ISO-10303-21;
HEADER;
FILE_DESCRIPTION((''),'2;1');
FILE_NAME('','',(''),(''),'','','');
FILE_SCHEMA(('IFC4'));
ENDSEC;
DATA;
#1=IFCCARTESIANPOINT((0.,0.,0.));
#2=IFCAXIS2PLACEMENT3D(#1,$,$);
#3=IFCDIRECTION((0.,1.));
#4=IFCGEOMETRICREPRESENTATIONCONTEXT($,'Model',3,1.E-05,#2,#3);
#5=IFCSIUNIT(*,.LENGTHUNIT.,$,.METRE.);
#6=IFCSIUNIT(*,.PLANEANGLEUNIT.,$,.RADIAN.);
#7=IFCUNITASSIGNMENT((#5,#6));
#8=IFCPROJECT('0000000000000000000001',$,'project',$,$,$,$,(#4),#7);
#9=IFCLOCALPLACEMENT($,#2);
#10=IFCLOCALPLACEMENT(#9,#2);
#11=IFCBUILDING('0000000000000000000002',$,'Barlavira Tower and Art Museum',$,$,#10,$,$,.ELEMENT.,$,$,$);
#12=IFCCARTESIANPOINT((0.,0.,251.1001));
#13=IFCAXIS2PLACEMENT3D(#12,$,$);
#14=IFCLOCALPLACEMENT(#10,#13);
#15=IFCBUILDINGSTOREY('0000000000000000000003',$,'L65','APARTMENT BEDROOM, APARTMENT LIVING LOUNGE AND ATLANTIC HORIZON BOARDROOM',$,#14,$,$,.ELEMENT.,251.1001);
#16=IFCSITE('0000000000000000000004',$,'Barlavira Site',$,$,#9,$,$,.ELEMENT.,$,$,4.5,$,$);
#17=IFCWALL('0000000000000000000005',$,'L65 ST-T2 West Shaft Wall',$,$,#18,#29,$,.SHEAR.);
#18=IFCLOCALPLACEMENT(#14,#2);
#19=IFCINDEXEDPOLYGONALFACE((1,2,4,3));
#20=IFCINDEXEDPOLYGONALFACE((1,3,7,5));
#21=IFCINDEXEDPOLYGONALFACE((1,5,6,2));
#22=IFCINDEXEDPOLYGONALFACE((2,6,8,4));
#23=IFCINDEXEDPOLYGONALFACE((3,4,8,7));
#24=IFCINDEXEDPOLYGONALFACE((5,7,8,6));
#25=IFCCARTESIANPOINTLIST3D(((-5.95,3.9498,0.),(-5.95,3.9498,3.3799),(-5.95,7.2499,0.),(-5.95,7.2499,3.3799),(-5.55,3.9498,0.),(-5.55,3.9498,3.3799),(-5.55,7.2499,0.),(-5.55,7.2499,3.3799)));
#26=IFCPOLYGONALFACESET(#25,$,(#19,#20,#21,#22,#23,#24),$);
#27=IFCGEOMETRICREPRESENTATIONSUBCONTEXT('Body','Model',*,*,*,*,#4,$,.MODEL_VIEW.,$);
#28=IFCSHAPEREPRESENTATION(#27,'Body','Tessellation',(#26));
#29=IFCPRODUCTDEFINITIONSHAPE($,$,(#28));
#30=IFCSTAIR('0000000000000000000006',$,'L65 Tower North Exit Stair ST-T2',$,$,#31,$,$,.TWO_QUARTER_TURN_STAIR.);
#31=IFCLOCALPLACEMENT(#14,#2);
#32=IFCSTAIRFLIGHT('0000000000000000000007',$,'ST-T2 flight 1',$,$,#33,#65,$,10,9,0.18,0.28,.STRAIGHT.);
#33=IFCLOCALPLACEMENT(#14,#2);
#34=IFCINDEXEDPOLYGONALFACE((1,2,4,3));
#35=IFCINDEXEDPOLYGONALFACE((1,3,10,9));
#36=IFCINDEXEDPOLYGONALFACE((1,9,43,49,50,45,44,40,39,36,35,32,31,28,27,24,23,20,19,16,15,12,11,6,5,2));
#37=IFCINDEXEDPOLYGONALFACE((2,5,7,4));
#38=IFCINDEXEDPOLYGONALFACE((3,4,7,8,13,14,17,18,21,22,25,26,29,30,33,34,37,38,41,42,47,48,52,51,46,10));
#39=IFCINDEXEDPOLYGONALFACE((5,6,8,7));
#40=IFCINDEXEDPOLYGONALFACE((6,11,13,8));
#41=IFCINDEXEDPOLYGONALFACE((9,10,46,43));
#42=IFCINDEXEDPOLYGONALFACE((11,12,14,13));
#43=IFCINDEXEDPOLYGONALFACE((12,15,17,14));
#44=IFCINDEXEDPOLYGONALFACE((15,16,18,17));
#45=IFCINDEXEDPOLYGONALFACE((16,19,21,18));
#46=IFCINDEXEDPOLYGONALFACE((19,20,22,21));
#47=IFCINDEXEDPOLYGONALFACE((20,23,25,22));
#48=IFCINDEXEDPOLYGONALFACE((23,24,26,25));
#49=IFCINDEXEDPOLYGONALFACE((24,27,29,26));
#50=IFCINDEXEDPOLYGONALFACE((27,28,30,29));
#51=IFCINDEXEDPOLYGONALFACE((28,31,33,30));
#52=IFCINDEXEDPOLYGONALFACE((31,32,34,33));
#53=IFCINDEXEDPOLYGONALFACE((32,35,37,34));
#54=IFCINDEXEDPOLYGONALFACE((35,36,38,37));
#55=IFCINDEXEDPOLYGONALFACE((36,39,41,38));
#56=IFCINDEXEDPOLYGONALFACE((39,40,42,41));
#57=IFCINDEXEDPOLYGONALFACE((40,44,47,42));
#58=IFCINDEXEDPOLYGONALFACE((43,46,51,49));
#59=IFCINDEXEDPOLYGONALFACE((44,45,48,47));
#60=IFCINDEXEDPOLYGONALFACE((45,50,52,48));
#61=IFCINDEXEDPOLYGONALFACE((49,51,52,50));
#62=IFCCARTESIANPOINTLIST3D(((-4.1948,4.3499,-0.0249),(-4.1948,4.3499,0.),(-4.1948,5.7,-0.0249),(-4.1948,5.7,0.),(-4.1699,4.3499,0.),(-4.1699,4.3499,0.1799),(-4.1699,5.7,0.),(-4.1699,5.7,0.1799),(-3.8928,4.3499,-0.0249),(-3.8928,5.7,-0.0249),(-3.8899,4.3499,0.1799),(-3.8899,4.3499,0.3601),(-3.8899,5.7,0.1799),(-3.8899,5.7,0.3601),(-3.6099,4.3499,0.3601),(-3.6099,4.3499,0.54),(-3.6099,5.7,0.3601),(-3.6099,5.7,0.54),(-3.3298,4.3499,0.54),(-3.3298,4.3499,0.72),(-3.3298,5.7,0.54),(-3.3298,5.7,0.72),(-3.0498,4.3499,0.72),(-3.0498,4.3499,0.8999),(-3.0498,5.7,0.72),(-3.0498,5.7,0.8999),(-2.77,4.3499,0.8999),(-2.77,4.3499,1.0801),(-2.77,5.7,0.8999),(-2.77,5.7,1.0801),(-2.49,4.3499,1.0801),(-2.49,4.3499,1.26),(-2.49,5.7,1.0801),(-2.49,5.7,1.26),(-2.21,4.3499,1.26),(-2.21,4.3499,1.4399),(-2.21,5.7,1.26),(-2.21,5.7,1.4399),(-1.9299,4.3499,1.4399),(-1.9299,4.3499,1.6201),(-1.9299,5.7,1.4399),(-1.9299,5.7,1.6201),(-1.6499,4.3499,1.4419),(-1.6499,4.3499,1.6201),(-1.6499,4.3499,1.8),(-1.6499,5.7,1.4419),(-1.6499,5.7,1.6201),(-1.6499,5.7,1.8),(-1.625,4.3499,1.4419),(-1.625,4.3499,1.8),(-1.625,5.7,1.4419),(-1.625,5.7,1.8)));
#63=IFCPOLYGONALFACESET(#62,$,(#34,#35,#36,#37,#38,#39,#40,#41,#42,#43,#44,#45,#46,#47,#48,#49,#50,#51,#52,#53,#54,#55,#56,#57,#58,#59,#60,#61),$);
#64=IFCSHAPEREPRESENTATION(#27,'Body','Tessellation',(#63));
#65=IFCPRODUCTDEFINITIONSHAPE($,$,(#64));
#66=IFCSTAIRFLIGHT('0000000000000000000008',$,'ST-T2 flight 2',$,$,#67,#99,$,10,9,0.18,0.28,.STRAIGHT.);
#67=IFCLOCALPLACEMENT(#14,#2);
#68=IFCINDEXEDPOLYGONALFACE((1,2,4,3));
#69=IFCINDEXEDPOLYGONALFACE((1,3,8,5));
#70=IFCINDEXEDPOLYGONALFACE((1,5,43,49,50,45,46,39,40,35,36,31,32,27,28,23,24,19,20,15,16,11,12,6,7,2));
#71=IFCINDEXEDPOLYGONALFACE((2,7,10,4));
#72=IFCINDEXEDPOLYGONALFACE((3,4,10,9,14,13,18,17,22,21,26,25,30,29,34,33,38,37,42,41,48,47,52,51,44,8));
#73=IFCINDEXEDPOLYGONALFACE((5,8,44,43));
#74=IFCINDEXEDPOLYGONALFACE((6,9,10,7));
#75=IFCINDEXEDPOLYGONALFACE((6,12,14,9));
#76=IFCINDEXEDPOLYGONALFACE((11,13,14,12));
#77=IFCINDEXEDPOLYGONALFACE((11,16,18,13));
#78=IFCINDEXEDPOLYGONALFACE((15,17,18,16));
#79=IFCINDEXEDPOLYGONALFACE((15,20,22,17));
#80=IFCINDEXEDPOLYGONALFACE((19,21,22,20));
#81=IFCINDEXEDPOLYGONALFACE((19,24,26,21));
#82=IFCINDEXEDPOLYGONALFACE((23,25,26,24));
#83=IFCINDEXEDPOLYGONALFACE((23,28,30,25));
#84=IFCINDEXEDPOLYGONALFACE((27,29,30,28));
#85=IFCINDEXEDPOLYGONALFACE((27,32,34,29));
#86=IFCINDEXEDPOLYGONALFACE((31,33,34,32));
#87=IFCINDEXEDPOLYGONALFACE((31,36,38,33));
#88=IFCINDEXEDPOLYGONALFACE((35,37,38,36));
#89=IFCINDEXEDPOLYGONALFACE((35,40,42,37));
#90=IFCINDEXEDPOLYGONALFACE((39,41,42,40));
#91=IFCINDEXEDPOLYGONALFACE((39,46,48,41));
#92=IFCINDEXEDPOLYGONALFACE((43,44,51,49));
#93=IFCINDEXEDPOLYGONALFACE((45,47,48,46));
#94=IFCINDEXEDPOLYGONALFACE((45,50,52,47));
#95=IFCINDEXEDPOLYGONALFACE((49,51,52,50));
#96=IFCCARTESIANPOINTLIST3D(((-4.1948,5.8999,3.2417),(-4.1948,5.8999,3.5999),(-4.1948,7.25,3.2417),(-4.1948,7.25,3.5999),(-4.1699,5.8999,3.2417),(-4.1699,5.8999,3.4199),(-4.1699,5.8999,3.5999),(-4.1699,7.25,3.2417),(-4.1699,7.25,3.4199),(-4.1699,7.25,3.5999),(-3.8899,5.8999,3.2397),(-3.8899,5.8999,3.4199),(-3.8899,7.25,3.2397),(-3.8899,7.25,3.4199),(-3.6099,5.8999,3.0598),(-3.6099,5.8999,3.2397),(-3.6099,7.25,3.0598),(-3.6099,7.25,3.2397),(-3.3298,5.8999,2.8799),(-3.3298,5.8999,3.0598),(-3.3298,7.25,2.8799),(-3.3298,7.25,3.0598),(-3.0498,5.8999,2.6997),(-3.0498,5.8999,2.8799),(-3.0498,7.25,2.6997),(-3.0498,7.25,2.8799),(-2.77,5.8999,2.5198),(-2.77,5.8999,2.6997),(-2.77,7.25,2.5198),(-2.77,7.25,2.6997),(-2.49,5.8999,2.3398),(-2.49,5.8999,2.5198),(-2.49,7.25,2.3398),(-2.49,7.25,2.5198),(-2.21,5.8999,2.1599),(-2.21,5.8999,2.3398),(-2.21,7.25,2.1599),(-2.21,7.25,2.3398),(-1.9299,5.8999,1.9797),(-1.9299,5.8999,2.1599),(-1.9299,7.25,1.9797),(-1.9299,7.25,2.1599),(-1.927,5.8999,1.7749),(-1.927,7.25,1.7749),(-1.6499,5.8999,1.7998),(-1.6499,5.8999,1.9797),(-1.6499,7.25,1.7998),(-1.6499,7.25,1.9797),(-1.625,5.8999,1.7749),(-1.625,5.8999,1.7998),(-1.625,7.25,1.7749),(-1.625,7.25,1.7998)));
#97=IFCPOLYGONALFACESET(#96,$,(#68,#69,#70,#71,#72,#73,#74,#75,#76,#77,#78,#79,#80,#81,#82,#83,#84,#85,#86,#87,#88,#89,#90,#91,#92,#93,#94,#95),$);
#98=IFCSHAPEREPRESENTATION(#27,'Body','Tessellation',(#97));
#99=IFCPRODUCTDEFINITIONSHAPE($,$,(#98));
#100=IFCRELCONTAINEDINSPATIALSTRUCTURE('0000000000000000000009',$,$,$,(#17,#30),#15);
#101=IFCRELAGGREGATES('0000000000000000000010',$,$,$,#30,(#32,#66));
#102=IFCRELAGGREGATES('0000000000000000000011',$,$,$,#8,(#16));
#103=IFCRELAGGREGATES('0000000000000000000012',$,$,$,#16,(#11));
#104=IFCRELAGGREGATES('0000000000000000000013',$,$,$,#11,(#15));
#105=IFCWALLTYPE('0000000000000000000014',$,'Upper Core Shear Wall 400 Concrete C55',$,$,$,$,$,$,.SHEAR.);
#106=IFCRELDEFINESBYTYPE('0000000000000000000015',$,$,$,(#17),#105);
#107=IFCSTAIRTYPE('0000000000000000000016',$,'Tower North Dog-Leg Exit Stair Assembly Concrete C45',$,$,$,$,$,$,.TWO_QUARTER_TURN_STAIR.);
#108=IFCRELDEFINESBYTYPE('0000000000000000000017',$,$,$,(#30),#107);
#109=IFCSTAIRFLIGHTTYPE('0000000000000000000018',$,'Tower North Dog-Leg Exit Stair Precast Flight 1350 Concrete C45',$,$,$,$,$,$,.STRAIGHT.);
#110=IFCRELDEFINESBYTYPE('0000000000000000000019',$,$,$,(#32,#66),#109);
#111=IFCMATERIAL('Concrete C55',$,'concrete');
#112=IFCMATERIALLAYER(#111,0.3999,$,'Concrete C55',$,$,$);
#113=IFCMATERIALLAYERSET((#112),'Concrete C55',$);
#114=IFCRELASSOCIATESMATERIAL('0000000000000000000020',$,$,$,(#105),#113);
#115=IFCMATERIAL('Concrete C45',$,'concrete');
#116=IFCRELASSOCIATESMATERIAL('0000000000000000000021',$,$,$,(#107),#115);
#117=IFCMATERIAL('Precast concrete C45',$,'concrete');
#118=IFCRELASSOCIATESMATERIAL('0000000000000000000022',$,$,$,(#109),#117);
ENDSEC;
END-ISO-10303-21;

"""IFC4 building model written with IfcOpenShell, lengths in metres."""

from ifc_helpers import new_model, si_unit, direction, frame, frame_2d, origin, place, context, subcontext, project, spatial, polyline, rectangle, outline, extrude, material, layer, layer_set, type_object, element, aggregate, save


model = new_model("IFC4")

# Units and contexts
model_context = context("Model", 3, precision=1e-05, world=origin(), true_north=direction((0.0, 1.0)))
body_context = subcontext(model_context, "Body", "Model", "MODEL_VIEW")
ifc_project = project(units=[si_unit("LENGTHUNIT", "METRE"), si_unit("PLANEANGLEUNIT", "RADIAN")], contexts=[model_context])

# Site, building, storey
site_placement = place(None, origin())
site = spatial("IfcSite", under=ifc_project, at=site_placement, Name="Barlavira Site", CompositionType="ELEMENT", RefElevation=4.5)
building_placement = place(site_placement, origin())
building = spatial("IfcBuilding", under=site, at=building_placement, Name="Barlavira Tower and Art Museum", CompositionType="ELEMENT")
storey_placement = place(building_placement, frame((0.0, 0.0, 251.1001)))
storey = spatial("IfcBuildingStorey", under=building, at=storey_placement, Name="L65", Description="APARTMENT BEDROOM, APARTMENT LIVING LOUNGE AND ATLANTIC HORIZON BOARDROOM", CompositionType="ELEMENT", Elevation=251.1001)

# Shared definitions
ifc_material_1 = material(Name="Concrete C45", Category="concrete")

# Wall
ifc_material_2 = material(Name="Concrete C55", Category="concrete")
ifc_layer_1 = layer(ifc_material_2, 0.3999, Name="Concrete C55")
ifc_layer_set_1 = layer_set([ifc_layer_1], Name="Concrete C55")
wall_type_1 = type_object("IfcWallType", Name="Upper Core Shear Wall 400 Concrete C55", PredefinedType="SHEAR", material=ifc_layer_set_1)
wall_1_placement = place(storey_placement, frame((-5.75, 3.95, 0.0), z_axis=(0.0, 0.0, 1.0), x_axis=(0.0, 1.0, 0.0)))
element("IfcWall", 1, at=wall_1_placement, inside=storey, type_object=wall_type_1, Name="L65 ST-T2 West Shaft Wall", PredefinedType="SHEAR", context=body_context, shape_type="SweptSolid", body=[
    extrude(rectangle(XDim=3.3, YDim=0.3999, at=frame_2d((1.6499, 0.0))), origin(), (0.0, 0.0, 1.0), 3.3799),
])

# Stair, stair flights
stair_type_1 = type_object("IfcStairType", Name="Tower North Dog-Leg Exit Stair Assembly Concrete C45", PredefinedType="TWO_QUARTER_TURN_STAIR", material=ifc_material_1)
stair_1_placement = place(storey_placement, origin())
stair_1 = element("IfcStair", 2, at=stair_1_placement, inside=storey, type_object=stair_type_1, Name="L65 Tower North Exit Stair ST-T2", PredefinedType="TWO_QUARTER_TURN_STAIR")
ifc_material_3 = material(Name="Precast concrete C45", Category="concrete")
stair_flight_type = type_object("IfcStairFlightType", Name="Tower North Dog-Leg Exit Stair Precast Flight 1350 Concrete C45", PredefinedType="STRAIGHT", material=ifc_material_3)
stair_flight_1_placement = place(storey_placement, frame((-4.1699, 5.0249, 0.0), z_axis=(0.0, 0.0, 1.0), x_axis=(1.0, 0.0, 0.0)))
stair_flight_1 = element("IfcStairFlight", 3, at=stair_flight_1_placement, type_object=stair_flight_type, Name="ST-T2 flight 1", NumberOfRisers=10, NumberOfTreads=9, PredefinedType="STRAIGHT", RiserHeight=0.18, TreadLength=0.28, context=body_context, shape_type="SweptSolid", body=[
    extrude(outline(polyline([(-0.0249, 0.0), (0.0, 0.0), (0.0, 0.1799), (0.28, 0.1799), (0.28, 0.3601), (0.5601, 0.3601), (0.5601, 0.54), (0.8401, 0.54), (0.8401, 0.72), (1.1201, 0.72), (1.1201, 0.8999), (1.3999, 0.8999), (1.3999, 1.0801), (1.6799, 1.0801), (1.6799, 1.26), (1.96, 1.26), (1.96, 1.4399), (2.24, 1.4399), (2.24, 1.6201), (2.52, 1.6201), (2.52, 1.8), (2.5449, 1.8), (2.5449, 1.4419), (2.52, 1.4419), (0.2771, -0.0249), (-0.0249, -0.0249), (-0.0249, 0.0)])), frame((0.0, 0.675, 0.0), z_axis=(0.0, -1.0, 0.0), x_axis=(1.0, 0.0, 0.0)), (0.0, 0.0, 1.0), 1.3501),
])
stair_flight_2_placement = place(storey_placement, frame((-1.6499, 6.575, 1.7998), z_axis=(0.0, 0.0, 1.0), x_axis=(-1.0, 0.0, 0.0)))
stair_flight_2 = element("IfcStairFlight", 4, at=stair_flight_2_placement, type_object=stair_flight_type, Name="ST-T2 flight 2", NumberOfRisers=10, NumberOfTreads=9, PredefinedType="STRAIGHT", RiserHeight=0.18, TreadLength=0.28, context=body_context, shape_type="SweptSolid", body=[
    extrude(outline(polyline([(-0.0249, 0.0), (0.0, 0.0), (0.0, 0.1799), (0.28, 0.1799), (0.28, 0.3601), (0.5601, 0.3601), (0.5601, 0.54), (0.8401, 0.54), (0.8401, 0.72), (1.1201, 0.72), (1.1201, 0.8999), (1.3999, 0.8999), (1.3999, 1.0801), (1.6799, 1.0801), (1.6799, 1.26), (1.96, 1.26), (1.96, 1.4399), (2.24, 1.4399), (2.24, 1.6201), (2.52, 1.6201), (2.52, 1.8), (2.5449, 1.8), (2.5449, 1.4419), (2.52, 1.4419), (0.2771, -0.0249), (-0.0249, -0.0249), (-0.0249, 0.0)])), frame((0.0, 0.675, 0.0), z_axis=(0.0, -1.0, 0.0), x_axis=(1.0, 0.0, 0.0)), (0.0, 0.0, 1.0), 1.3501),
])
aggregate(stair_1, [stair_flight_1, stair_flight_2])

save(model, "model.ifc")
